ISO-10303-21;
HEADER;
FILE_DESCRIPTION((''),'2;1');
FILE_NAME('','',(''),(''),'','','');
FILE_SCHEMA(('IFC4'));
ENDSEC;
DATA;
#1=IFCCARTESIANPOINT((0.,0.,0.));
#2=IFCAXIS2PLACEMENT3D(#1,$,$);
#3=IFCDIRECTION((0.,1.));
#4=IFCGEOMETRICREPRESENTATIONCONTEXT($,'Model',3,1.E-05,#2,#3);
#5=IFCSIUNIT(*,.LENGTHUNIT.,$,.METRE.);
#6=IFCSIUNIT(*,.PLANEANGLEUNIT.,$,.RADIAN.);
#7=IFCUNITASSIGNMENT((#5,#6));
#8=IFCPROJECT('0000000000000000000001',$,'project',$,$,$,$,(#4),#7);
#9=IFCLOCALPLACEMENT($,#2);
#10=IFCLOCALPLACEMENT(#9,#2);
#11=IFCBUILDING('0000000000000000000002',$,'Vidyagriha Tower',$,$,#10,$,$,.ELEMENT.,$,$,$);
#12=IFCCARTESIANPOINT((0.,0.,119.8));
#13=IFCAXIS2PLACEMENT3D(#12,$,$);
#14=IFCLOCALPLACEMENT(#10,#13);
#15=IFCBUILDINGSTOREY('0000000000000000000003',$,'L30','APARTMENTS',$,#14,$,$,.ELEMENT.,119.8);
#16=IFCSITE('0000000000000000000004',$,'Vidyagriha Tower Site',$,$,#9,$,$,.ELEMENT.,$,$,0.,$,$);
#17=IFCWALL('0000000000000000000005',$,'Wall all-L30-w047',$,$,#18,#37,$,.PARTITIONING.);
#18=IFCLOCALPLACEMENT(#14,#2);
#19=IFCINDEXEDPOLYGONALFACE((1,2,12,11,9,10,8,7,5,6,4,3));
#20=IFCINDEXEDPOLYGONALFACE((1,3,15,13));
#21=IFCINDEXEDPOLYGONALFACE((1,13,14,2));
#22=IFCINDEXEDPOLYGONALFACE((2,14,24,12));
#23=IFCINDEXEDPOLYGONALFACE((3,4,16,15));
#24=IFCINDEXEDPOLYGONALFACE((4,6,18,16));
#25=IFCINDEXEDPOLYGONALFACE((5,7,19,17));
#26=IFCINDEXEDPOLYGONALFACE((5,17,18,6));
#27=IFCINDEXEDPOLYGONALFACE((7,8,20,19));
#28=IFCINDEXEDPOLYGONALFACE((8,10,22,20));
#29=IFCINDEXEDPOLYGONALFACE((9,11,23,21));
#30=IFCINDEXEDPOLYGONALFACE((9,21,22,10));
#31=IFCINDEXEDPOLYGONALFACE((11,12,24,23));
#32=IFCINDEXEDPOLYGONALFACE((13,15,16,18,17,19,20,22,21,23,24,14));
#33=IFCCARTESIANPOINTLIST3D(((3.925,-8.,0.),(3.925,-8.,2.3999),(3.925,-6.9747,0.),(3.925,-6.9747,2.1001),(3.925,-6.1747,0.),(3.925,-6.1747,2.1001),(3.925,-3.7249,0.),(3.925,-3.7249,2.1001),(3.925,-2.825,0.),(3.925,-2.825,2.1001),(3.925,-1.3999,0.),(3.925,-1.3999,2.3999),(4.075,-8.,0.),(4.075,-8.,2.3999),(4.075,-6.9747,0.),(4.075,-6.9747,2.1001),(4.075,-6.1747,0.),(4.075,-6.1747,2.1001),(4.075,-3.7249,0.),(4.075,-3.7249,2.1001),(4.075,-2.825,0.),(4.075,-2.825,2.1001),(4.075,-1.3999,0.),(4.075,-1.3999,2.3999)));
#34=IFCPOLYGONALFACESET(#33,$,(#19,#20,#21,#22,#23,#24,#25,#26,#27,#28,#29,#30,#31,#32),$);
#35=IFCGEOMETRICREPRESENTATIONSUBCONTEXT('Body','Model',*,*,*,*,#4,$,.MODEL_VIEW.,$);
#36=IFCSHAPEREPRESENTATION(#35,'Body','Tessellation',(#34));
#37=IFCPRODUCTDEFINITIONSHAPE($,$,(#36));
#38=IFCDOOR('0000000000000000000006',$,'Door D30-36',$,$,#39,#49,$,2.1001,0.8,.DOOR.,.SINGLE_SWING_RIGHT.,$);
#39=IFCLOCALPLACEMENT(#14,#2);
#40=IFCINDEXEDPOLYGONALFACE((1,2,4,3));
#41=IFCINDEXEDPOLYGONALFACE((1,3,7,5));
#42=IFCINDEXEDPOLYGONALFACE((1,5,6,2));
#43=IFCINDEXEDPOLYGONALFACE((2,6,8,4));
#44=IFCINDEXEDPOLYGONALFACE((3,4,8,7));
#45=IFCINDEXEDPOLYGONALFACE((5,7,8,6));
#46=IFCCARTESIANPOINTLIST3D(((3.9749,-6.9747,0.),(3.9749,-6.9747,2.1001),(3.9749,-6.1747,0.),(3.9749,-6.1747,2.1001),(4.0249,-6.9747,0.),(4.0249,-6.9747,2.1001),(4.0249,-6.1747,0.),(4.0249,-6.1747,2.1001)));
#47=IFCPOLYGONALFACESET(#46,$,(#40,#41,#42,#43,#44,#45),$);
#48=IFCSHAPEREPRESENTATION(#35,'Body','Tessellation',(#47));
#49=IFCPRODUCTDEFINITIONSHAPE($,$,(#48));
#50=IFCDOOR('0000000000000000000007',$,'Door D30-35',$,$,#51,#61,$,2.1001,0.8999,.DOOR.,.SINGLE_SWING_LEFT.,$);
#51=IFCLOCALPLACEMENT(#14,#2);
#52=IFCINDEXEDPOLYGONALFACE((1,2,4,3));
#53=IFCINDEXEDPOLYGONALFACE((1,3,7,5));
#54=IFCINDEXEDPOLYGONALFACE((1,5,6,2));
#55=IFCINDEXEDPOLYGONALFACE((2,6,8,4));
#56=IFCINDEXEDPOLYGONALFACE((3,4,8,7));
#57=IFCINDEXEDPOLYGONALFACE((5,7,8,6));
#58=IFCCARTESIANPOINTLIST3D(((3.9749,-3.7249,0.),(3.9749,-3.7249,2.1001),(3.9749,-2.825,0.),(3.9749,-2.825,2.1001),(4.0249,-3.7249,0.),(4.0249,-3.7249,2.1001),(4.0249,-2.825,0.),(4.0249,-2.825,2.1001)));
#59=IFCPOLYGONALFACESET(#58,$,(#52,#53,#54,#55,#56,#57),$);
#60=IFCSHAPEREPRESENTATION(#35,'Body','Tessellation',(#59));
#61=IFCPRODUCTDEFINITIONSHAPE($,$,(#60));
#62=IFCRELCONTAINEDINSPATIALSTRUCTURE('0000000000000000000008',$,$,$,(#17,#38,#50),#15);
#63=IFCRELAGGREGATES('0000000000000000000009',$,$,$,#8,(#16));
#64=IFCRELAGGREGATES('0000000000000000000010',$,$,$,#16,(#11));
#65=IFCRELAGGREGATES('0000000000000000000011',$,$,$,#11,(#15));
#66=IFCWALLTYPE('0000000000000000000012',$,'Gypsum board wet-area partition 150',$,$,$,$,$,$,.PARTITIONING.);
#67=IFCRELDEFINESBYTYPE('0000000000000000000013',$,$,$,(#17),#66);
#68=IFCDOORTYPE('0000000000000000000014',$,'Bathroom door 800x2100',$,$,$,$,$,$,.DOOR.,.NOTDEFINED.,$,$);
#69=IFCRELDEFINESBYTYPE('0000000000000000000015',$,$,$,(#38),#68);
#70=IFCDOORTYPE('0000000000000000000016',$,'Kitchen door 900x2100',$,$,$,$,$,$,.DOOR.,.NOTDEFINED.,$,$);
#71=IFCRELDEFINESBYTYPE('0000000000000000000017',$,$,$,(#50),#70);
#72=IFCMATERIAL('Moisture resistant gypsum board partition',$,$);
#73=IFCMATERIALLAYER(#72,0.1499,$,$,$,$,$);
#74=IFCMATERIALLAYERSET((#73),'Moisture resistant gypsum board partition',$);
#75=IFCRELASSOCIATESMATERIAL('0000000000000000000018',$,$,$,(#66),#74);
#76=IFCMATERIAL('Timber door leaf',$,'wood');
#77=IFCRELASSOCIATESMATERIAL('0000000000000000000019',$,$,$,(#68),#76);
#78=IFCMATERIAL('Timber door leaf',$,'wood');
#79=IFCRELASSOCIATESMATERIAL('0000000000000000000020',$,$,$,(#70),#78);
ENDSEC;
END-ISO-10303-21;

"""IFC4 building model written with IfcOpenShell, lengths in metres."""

from ifc_helpers import new_model, si_unit, direction, frame, frame_2d, origin, place, context, subcontext, project, spatial, rectangle, extrude, material, layer, layer_set, type_object, element, fill, save


model = new_model("IFC4")

# Units and contexts
model_context = context("Model", 3, precision=1e-05, world=origin(), true_north=direction((0.0, 1.0)))
body_context = subcontext(model_context, "Body", "Model", "MODEL_VIEW")
ifc_project = project(units=[si_unit("LENGTHUNIT", "METRE"), si_unit("PLANEANGLEUNIT", "RADIAN")], contexts=[model_context])

# Site, building, storey
site_placement = place(None, origin())
site = spatial("IfcSite", under=ifc_project, at=site_placement, Name="Vidyagriha Tower Site", CompositionType="ELEMENT", RefElevation=0.0)
building_placement = place(site_placement, origin())
building = spatial("IfcBuilding", under=site, at=building_placement, Name="Vidyagriha Tower", CompositionType="ELEMENT")
storey_placement = place(building_placement, frame((0.0, 0.0, 119.8)))
storey = spatial("IfcBuildingStorey", under=building, at=storey_placement, Name="L30", Description="APARTMENTS", CompositionType="ELEMENT", Elevation=119.8)

# Wall, openings, doors
ifc_material_1 = material(Name="Moisture resistant gypsum board partition")
ifc_layer_1 = layer(ifc_material_1, 0.1499)
ifc_layer_set_1 = layer_set([ifc_layer_1], Name="Moisture resistant gypsum board partition")
wall_type_1 = type_object("IfcWallType", Name="Gypsum board wet-area partition 150", PredefinedType="PARTITIONING", material=ifc_layer_set_1)
ifc_material_2 = material(Name="Timber door leaf", Category="wood")
door_type_1 = type_object("IfcDoorType", Name="Bathroom door 800x2100", OperationType="NOTDEFINED", PredefinedType="DOOR", material=ifc_material_2)
ifc_material_3 = material(Name="Timber door leaf", Category="wood")
door_type_2 = type_object("IfcDoorType", Name="Kitchen door 900x2100", OperationType="NOTDEFINED", PredefinedType="DOOR", material=ifc_material_3)
wall_1_placement = place(storey_placement, frame((4.0, -1.3999, 0.0), z_axis=(0.0, 0.0, 1.0), x_axis=(0.0, -1.0, 0.0)))
wall_1 = element("IfcWall", 1, at=wall_1_placement, inside=storey, type_object=wall_type_1, Name="Wall all-L30-w047", PredefinedType="PARTITIONING", context=body_context, shape_type="SweptSolid", body=[
    extrude(rectangle(XDim=6.6001, YDim=0.1499, at=frame_2d((3.3, 0.0))), origin(), (0.0, 0.0, 1.0), 2.3999),
])
opening_1_placement = place(wall_1_placement, frame((1.425, 0.0, 0.0)))
opening_1 = element("IfcOpeningElement", 2, at=opening_1_placement, cuts=wall_1, PredefinedType="OPENING", context=body_context, shape_type="SweptSolid", body=[
    extrude(rectangle(XDim=0.8999, YDim=2.1001, at=frame_2d((0.45, 1.05))), frame((0.0, 0.085, 0.0), z_axis=(0.0, -1.0, 0.0), x_axis=(1.0, 0.0, 0.0)), (0.0, 0.0, 1.0), 0.1699),
])
opening_2_placement = place(wall_1_placement, frame((4.7749, 0.0, 0.0)))
opening_2 = element("IfcOpeningElement", 3, at=opening_2_placement, cuts=wall_1, PredefinedType="OPENING", context=body_context, shape_type="SweptSolid", body=[
    extrude(rectangle(XDim=0.8, YDim=2.1001, at=frame_2d((0.3999, 1.05))), frame((0.0, 0.085, 0.0), z_axis=(0.0, -1.0, 0.0), x_axis=(1.0, 0.0, 0.0)), (0.0, 0.0, 1.0), 0.1699),
])
door_1_placement = place(opening_2_placement, origin())
door_1 = element("IfcDoor", 4, at=door_1_placement, inside=storey, type_object=door_type_1, Name="Door D30-36", OperationType="SINGLE_SWING_RIGHT", OverallHeight=2.1001, OverallWidth=0.8, PredefinedType="DOOR", context=body_context, shape_type="SweptSolid", body=[
    extrude(rectangle(XDim=0.8, YDim=2.1001, at=frame_2d((0.3999, 1.05))), frame((0.0, 0.0249, 0.0), z_axis=(0.0, -1.0, 0.0), x_axis=(1.0, 0.0, 0.0)), (0.0, 0.0, 1.0), 0.05),
])
fill(opening_2, door_1)
door_2_placement = place(opening_1_placement, origin())
door_2 = element("IfcDoor", 5, at=door_2_placement, inside=storey, type_object=door_type_2, Name="Door D30-35", OperationType="SINGLE_SWING_LEFT", OverallHeight=2.1001, OverallWidth=0.8999, PredefinedType="DOOR", context=body_context, shape_type="SweptSolid", body=[
    extrude(rectangle(XDim=0.8999, YDim=2.1001, at=frame_2d((0.45, 1.05))), frame((0.0, 0.0249, 0.0), z_axis=(0.0, -1.0, 0.0), x_axis=(1.0, 0.0, 0.0)), (0.0, 0.0, 1.0), 0.05),
])
fill(opening_1, door_2)

save(model, "model.ifc")
